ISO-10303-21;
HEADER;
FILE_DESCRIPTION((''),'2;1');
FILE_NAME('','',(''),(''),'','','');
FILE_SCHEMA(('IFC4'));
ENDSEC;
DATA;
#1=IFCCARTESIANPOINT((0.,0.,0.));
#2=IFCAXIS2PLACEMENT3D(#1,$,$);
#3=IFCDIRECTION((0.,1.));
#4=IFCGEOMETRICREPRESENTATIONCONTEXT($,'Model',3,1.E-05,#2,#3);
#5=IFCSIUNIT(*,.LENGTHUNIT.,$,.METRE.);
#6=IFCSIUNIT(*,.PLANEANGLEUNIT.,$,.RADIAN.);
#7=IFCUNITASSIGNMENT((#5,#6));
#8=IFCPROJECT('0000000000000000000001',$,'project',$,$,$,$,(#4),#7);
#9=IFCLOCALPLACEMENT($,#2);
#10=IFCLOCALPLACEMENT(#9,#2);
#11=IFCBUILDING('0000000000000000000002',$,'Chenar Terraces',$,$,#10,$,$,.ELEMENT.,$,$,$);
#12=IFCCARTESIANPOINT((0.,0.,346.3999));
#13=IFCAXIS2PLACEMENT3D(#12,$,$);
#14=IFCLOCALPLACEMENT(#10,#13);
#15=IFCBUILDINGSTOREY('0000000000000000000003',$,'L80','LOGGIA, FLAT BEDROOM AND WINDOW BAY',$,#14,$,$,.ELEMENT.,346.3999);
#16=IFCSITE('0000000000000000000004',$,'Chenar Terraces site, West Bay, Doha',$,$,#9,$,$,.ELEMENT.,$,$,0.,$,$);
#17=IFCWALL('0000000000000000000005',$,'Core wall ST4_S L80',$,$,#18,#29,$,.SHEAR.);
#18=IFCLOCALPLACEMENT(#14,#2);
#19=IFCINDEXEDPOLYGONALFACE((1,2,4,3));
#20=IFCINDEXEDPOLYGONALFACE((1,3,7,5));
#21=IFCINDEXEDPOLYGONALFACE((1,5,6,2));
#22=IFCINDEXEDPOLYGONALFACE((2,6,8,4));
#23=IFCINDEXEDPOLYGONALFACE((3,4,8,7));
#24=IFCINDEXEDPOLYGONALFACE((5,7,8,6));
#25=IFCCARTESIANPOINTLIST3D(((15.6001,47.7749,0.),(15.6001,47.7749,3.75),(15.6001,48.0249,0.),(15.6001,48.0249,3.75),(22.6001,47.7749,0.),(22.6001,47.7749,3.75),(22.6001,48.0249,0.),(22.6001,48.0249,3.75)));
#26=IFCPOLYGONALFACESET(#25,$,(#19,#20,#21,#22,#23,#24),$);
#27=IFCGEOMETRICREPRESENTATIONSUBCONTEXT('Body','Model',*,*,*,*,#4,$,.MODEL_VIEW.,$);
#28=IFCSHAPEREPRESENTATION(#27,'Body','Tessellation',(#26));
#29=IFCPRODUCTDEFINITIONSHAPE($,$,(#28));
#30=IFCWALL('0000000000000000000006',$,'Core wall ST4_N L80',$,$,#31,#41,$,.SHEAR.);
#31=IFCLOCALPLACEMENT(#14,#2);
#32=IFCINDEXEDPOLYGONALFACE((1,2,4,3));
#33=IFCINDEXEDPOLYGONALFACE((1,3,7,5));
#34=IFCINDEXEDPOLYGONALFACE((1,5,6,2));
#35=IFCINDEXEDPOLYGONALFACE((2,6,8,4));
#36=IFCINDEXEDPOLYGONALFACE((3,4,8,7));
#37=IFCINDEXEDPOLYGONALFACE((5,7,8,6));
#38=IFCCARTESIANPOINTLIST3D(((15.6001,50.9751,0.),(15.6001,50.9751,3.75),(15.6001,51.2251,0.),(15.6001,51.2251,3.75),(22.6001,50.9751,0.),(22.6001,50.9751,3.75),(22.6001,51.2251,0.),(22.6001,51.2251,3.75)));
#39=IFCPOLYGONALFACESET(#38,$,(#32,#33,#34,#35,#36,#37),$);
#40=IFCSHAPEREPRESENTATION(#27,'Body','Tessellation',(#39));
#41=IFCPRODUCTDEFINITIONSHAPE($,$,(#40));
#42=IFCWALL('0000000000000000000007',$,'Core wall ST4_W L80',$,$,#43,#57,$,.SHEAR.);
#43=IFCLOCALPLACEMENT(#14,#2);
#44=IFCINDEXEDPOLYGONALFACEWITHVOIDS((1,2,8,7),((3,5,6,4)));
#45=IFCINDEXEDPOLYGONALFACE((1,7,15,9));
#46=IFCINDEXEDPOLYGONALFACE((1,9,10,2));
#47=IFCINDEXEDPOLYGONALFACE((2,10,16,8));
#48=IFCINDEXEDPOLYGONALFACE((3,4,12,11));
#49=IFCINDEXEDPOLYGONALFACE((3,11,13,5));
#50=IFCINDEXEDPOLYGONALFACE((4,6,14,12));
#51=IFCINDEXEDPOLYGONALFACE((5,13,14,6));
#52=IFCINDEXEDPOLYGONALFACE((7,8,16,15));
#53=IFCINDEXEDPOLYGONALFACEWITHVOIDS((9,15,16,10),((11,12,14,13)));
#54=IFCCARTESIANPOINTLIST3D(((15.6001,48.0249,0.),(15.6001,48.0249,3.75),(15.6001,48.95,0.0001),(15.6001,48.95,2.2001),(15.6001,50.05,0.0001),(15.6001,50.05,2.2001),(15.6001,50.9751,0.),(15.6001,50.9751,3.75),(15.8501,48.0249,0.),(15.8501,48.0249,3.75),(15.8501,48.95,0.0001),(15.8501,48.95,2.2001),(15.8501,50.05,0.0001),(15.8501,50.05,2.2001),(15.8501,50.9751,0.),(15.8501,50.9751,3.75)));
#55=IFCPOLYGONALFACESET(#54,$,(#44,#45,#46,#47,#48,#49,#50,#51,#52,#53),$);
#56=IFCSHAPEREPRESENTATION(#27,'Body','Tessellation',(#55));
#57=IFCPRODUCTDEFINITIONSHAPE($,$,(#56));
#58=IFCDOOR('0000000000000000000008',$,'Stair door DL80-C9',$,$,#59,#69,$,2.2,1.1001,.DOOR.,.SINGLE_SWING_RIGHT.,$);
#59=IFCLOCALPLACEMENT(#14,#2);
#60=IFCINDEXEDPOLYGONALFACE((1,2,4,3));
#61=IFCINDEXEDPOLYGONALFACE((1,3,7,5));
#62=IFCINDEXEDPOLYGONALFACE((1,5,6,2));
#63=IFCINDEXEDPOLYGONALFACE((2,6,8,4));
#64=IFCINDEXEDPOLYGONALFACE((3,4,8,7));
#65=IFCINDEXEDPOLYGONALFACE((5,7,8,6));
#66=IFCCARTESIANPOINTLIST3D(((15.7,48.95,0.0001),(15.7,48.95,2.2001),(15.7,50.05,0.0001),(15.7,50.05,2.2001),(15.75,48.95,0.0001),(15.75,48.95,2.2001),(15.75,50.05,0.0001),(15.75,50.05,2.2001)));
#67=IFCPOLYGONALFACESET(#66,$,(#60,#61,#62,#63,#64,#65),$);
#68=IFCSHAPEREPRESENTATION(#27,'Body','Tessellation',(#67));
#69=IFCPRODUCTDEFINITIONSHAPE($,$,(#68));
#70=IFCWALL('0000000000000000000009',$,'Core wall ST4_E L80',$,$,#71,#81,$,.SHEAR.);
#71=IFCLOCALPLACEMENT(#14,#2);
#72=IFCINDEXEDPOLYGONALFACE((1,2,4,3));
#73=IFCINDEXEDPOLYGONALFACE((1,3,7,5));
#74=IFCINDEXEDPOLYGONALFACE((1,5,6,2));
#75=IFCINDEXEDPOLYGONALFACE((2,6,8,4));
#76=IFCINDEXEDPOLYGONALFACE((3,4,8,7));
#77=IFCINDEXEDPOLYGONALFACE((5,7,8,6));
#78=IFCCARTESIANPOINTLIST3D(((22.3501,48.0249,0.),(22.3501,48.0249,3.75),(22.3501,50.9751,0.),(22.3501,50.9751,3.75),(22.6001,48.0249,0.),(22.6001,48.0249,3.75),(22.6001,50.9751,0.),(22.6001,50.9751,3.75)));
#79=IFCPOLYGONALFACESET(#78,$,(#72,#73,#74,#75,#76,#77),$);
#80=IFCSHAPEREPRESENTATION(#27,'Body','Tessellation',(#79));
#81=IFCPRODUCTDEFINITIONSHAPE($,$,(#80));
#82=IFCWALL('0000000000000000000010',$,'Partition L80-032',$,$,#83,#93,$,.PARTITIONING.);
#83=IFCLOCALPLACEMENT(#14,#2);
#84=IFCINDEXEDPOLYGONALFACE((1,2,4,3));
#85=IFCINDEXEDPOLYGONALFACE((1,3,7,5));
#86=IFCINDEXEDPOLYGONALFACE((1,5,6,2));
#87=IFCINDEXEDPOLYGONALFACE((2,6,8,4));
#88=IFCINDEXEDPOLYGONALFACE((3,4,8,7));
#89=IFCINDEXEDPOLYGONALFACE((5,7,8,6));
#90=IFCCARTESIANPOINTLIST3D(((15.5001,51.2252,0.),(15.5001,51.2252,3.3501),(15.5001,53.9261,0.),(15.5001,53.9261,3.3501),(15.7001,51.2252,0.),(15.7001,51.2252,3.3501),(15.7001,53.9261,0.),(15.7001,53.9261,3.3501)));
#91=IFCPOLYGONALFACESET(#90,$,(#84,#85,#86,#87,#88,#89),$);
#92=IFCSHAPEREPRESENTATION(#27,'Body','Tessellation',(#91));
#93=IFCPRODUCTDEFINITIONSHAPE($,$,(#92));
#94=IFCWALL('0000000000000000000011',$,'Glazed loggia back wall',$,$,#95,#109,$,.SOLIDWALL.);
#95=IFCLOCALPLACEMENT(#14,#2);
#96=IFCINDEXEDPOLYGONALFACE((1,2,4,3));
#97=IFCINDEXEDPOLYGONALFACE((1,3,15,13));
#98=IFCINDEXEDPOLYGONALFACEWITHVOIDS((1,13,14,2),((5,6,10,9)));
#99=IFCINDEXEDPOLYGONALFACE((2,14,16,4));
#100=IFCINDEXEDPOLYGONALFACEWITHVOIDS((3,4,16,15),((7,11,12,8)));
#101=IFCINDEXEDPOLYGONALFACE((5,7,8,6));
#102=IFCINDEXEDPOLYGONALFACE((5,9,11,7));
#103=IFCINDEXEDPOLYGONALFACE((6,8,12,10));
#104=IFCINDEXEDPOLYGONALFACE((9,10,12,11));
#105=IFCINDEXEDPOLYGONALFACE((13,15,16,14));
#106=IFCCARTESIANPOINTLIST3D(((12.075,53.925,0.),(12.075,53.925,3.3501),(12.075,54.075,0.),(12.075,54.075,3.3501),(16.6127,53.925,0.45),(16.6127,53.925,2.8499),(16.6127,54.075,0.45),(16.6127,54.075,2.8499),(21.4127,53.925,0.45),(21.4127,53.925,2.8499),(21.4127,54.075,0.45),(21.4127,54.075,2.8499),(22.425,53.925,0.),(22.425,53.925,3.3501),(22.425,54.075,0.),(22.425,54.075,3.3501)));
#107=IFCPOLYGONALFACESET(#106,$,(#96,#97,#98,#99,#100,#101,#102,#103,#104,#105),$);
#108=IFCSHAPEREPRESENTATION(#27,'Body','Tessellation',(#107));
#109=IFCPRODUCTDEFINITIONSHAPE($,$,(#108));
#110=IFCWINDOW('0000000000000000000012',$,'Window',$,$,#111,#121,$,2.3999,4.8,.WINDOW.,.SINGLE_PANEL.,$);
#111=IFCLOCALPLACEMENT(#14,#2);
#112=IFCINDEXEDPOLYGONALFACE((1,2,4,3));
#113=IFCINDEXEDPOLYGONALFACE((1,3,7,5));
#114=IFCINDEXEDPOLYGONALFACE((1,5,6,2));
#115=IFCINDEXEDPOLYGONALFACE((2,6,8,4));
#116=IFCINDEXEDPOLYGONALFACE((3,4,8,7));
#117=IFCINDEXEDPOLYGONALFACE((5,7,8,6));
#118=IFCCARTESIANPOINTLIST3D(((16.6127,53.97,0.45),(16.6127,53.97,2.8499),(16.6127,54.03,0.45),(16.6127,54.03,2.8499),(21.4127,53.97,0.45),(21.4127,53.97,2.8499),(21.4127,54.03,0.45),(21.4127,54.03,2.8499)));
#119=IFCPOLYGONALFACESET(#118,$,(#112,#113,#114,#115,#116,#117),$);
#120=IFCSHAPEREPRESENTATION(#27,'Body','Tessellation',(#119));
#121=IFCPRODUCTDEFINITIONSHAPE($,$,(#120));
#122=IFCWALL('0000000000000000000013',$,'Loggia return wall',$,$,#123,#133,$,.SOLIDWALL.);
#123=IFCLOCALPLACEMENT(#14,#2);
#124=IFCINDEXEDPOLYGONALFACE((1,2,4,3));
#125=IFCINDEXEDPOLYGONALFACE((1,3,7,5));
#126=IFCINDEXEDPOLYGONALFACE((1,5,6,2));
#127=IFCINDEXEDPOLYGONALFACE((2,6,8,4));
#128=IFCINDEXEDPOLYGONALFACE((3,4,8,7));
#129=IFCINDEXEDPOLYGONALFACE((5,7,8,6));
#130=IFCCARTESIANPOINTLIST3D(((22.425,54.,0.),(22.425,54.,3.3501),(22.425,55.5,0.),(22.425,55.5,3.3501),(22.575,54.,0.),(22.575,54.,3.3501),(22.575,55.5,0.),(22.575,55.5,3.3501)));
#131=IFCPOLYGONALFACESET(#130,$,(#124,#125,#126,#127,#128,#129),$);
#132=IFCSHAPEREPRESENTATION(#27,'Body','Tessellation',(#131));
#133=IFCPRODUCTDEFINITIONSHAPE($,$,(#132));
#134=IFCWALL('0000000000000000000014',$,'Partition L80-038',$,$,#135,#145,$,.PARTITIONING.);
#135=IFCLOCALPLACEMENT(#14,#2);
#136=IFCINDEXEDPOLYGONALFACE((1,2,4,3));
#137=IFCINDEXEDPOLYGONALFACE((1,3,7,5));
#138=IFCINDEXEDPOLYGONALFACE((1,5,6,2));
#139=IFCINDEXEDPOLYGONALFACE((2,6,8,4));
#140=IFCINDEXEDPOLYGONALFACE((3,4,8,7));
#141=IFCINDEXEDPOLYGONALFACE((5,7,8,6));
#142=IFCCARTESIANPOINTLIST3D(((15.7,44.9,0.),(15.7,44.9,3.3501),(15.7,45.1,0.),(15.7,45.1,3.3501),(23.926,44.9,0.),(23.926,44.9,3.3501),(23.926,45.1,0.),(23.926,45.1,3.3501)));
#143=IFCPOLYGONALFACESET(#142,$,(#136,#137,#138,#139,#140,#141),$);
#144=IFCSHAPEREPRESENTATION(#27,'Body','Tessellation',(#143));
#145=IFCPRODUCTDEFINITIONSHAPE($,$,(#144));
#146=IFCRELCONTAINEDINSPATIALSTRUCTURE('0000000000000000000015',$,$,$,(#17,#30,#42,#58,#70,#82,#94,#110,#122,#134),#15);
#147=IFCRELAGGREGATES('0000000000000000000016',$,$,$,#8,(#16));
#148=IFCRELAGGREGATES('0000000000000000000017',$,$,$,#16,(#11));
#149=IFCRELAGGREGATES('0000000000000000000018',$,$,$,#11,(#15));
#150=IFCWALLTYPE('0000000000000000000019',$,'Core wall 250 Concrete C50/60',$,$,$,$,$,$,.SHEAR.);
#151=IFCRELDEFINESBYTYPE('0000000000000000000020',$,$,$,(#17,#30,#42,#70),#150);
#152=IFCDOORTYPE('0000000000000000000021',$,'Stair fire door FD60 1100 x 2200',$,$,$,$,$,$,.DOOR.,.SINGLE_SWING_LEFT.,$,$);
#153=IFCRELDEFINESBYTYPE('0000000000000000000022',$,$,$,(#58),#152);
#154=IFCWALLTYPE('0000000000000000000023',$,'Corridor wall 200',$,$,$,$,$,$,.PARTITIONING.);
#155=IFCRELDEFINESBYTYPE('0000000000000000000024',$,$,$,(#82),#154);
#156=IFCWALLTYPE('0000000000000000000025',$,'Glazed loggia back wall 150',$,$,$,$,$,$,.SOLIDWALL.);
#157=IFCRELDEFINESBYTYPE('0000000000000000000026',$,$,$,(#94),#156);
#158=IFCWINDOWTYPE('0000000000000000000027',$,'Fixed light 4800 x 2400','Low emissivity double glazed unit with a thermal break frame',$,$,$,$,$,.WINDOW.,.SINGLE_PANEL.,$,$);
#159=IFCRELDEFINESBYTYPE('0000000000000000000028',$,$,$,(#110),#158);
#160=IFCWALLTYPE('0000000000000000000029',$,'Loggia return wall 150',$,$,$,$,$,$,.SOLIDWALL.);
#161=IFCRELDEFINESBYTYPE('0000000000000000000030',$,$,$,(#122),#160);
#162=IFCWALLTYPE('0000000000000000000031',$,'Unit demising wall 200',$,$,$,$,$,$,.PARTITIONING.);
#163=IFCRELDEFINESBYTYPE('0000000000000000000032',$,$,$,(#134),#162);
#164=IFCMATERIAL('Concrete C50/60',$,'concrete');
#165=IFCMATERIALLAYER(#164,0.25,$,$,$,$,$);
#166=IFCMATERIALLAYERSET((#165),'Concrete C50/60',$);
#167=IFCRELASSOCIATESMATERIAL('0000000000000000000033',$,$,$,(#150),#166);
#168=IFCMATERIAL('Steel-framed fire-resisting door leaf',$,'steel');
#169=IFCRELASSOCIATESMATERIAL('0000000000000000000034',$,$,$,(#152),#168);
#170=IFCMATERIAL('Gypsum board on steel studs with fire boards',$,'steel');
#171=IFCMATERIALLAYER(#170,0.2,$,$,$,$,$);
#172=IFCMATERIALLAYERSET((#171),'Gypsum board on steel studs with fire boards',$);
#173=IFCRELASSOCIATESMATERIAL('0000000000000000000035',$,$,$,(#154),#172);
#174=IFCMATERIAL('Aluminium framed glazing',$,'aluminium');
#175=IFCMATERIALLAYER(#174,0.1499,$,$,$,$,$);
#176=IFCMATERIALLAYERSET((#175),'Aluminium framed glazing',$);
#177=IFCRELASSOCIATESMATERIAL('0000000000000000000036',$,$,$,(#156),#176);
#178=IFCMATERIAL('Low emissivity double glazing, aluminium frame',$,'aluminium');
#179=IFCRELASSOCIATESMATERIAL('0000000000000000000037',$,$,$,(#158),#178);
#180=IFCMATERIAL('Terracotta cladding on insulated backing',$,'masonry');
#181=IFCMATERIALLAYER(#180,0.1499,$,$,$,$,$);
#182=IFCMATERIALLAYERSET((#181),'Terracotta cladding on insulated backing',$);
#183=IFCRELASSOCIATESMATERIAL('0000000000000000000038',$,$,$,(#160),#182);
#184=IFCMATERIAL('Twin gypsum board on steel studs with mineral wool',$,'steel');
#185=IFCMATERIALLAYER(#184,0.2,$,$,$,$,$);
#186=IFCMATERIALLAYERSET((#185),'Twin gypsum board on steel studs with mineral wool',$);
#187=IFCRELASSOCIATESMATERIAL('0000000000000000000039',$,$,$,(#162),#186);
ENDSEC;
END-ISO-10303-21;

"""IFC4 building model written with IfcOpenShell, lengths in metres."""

from ifc_helpers import new_model, si_unit, direction, frame, frame_2d, origin, place, context, subcontext, project, spatial, rectangle, extrude, material, layer, layer_set, type_object, element, fill, save


model = new_model("IFC4")

# Units and contexts
model_context = context("Model", 3, precision=1e-05, world=origin(), true_north=direction((0.0, 1.0)))
body_context = subcontext(model_context, "Body", "Model", "MODEL_VIEW")
ifc_project = project(units=[si_unit("LENGTHUNIT", "METRE"), si_unit("PLANEANGLEUNIT", "RADIAN")], contexts=[model_context])

# Site, building, storey
site_placement = place(None, origin())
site = spatial("IfcSite", under=ifc_project, at=site_placement, Name="Chenar Terraces site, West Bay, Doha", CompositionType="ELEMENT", RefElevation=0.0)
building_placement = place(site_placement, origin())
building = spatial("IfcBuilding", under=site, at=building_placement, Name="Chenar Terraces", CompositionType="ELEMENT")
storey_placement = place(building_placement, frame((0.0, 0.0, 346.3999)))
storey = spatial("IfcBuildingStorey", under=building, at=storey_placement, Name="L80", Description="LOGGIA, FLAT BEDROOM AND WINDOW BAY", CompositionType="ELEMENT", Elevation=346.3999)

# Walls
ifc_material_1 = material(Name="Concrete C50/60", Category="concrete")
ifc_layer_1 = layer(ifc_material_1, 0.25)
ifc_layer_set_1 = layer_set([ifc_layer_1], Name="Concrete C50/60")
wall_type_1 = type_object("IfcWallType", Name="Core wall 250 Concrete C50/60", PredefinedType="SHEAR", material=ifc_layer_set_1)
for number, where, z_axis, x_axis, name in (
    (1, (15.6001, 47.8999, 0.0), (0.0, 0.0, 1.0), (1.0, 0.0, 0.0), "Core wall ST4_S L80"),
    (2, (15.6001, 51.1001, 0.0), (0.0, 0.0, 1.0), (1.0, 0.0, 0.0), "Core wall ST4_N L80"),
):
    element("IfcWall", number, at=place(storey_placement, frame(where, z_axis=z_axis, x_axis=x_axis)), inside=storey, type_object=wall_type_1, Name=name, PredefinedType="SHEAR", context=body_context, shape_type="SweptSolid", body=[
        extrude(rectangle(XDim=7.0, YDim=0.25, at=frame_2d((3.5, 0.0))), origin(), (0.0, 0.0, 1.0), 3.75),
    ])

# Wall, opening, door
wall_1_placement = place(storey_placement, frame((15.7251, 48.0249, 0.0), z_axis=(0.0, 0.0, 1.0), x_axis=(0.0, 1.0, 0.0)))
wall_1 = element("IfcWall", 3, at=wall_1_placement, inside=storey, type_object=wall_type_1, Name="Core wall ST4_W L80", PredefinedType="SHEAR", context=body_context, shape_type="SweptSolid", body=[
    extrude(rectangle(XDim=2.9502, YDim=0.25, at=frame_2d((1.4751, 0.0))), origin(), (0.0, 0.0, 1.0), 3.75),
])
opening_1_placement = place(wall_1_placement, frame((0.925, 0.0, 0.0)))
opening_1 = element("IfcOpeningElement", 4, at=opening_1_placement, cuts=wall_1, PredefinedType="OPENING", context=body_context, shape_type="SweptSolid", body=[
    extrude(rectangle(XDim=1.1001, YDim=2.2, at=frame_2d((0.55, 1.1001))), frame((0.0, 0.135, 0.0), z_axis=(0.0, -1.0, 0.0), x_axis=(1.0, 0.0, 0.0)), (0.0, 0.0, 1.0), 0.27),
])
ifc_material_2 = material(Name="Steel-framed fire-resisting door leaf", Category="steel")
door_type = type_object("IfcDoorType", Name="Stair fire door FD60 1100 x 2200", OperationType="SINGLE_SWING_LEFT", PredefinedType="DOOR", material=ifc_material_2)
door_placement = place(opening_1_placement, frame((1.1001, 0.0, 0.0), z_axis=(0.0, 0.0, 1.0), x_axis=(-1.0, 0.0, 0.0)))
door = element("IfcDoor", 5, at=door_placement, inside=storey, type_object=door_type, Name="Stair door DL80-C9", OperationType="SINGLE_SWING_RIGHT", OverallHeight=2.2, OverallWidth=1.1001, PredefinedType="DOOR", context=body_context, shape_type="SweptSolid", body=[
    extrude(rectangle(XDim=1.1001, YDim=2.2, at=frame_2d((0.55, 1.1001))), frame((0.0, 0.0249, 0.0), z_axis=(0.0, -1.0, 0.0), x_axis=(1.0, 0.0, 0.0)), (0.0, 0.0, 1.0), 0.05),
])
fill(opening_1, door)

# Walls
wall_2_placement = place(storey_placement, frame((22.4751, 48.0249, 0.0), z_axis=(0.0, 0.0, 1.0), x_axis=(0.0, 1.0, 0.0)))
element("IfcWall", 6, at=wall_2_placement, inside=storey, type_object=wall_type_1, Name="Core wall ST4_E L80", PredefinedType="SHEAR", context=body_context, shape_type="SweptSolid", body=[
    extrude(rectangle(XDim=2.9502, YDim=0.25, at=frame_2d((1.4751, 0.0))), origin(), (0.0, 0.0, 1.0), 3.75),
])
ifc_material_3 = material(Name="Gypsum board on steel studs with fire boards", Category="steel")
ifc_layer_2 = layer(ifc_material_3, 0.2)
ifc_layer_set_2 = layer_set([ifc_layer_2], Name="Gypsum board on steel studs with fire boards")
wall_type_2 = type_object("IfcWallType", Name="Corridor wall 200", PredefinedType="PARTITIONING", material=ifc_layer_set_2)
wall_3_placement = place(storey_placement, frame((15.6001, 51.2251, 0.0), z_axis=(0.0, 0.0, 1.0), x_axis=(0.0, 1.0, 0.0)))
element("IfcWall", 7, at=wall_3_placement, inside=storey, type_object=wall_type_2, Name="Partition L80-032", PredefinedType="PARTITIONING", context=body_context, shape_type="SweptSolid", body=[
    extrude(rectangle(XDim=2.7009, YDim=0.2, at=frame_2d((1.3506, 0.0))), origin(), (0.0, 0.0, 1.0), 3.3501),
])

# Wall, opening, window
ifc_material_4 = material(Name="Aluminium framed glazing", Category="aluminium")
ifc_layer_3 = layer(ifc_material_4, 0.1499)
ifc_layer_set_3 = layer_set([ifc_layer_3], Name="Aluminium framed glazing")
wall_type_3 = type_object("IfcWallType", Name="Glazed loggia back wall 150", PredefinedType="SOLIDWALL", material=ifc_layer_set_3)
wall_4_placement = place(storey_placement, frame((22.425, 54.0, 0.0), z_axis=(0.0, 0.0, 1.0), x_axis=(-1.0, 0.0, 0.0)))
wall_4 = element("IfcWall", 8, at=wall_4_placement, inside=storey, type_object=wall_type_3, Name="Glazed loggia back wall", PredefinedType="SOLIDWALL", context=body_context, shape_type="SweptSolid", body=[
    extrude(rectangle(XDim=10.3501, YDim=0.1499, at=frame_2d((5.175, 0.0))), origin(), (0.0, 0.0, 1.0), 3.3501),
])
opening_2_placement = place(wall_4_placement, frame((1.0125, 0.0, 0.45)))
opening_2 = element("IfcOpeningElement", 9, at=opening_2_placement, cuts=wall_4, PredefinedType="OPENING", context=body_context, shape_type="SweptSolid", body=[
    extrude(rectangle(XDim=4.8, YDim=2.3999, at=frame_2d((2.3999, 1.2))), frame((0.0, 0.085, 0.0), z_axis=(0.0, -1.0, 0.0), x_axis=(1.0, 0.0, 0.0)), (0.0, 0.0, 1.0), 0.1699),
])
ifc_material_5 = material(Name="Low emissivity double glazing, aluminium frame", Category="aluminium")
window_type = type_object("IfcWindowType", Name="Fixed light 4800 x 2400", Description="Low emissivity double glazed unit with a thermal break frame", PartitioningType="SINGLE_PANEL", PredefinedType="WINDOW", material=ifc_material_5)
window_placement = place(opening_2_placement, origin())
window = element("IfcWindow", 10, at=window_placement, inside=storey, type_object=window_type, Name="Window", OverallHeight=2.3999, OverallWidth=4.8, PartitioningType="SINGLE_PANEL", PredefinedType="WINDOW", context=body_context, shape_type="SweptSolid", body=[
    extrude(rectangle(XDim=4.8, YDim=2.3999, at=frame_2d((2.3999, 1.2))), frame((0.0, 0.03, 0.0), z_axis=(0.0, -1.0, 0.0), x_axis=(1.0, 0.0, 0.0)), (0.0, 0.0, 1.0), 0.0601),
])
fill(opening_2, window)

# Walls
ifc_material_6 = material(Name="Terracotta cladding on insulated backing", Category="masonry")
ifc_layer_4 = layer(ifc_material_6, 0.1499)
ifc_layer_set_4 = layer_set([ifc_layer_4], Name="Terracotta cladding on insulated backing")
wall_type_4 = type_object("IfcWallType", Name="Loggia return wall 150", PredefinedType="SOLIDWALL", material=ifc_layer_set_4)
wall_5_placement = place(storey_placement, frame((22.5, 55.5, 0.0), z_axis=(0.0, 0.0, 1.0), x_axis=(0.0, -1.0, 0.0)))
element("IfcWall", 11, at=wall_5_placement, inside=storey, type_object=wall_type_4, Name="Loggia return wall", PredefinedType="SOLIDWALL", context=body_context, shape_type="SweptSolid", body=[
    extrude(rectangle(XDim=1.5, YDim=0.1499, at=frame_2d((0.75, 0.0))), origin(), (0.0, 0.0, 1.0), 3.3501),
])
ifc_material_7 = material(Name="Twin gypsum board on steel studs with mineral wool", Category="steel")
ifc_layer_5 = layer(ifc_material_7, 0.2)
ifc_layer_set_5 = layer_set([ifc_layer_5], Name="Twin gypsum board on steel studs with mineral wool")
wall_type_5 = type_object("IfcWallType", Name="Unit demising wall 200", PredefinedType="PARTITIONING", material=ifc_layer_set_5)
wall_6_placement = place(storey_placement, frame((15.7, 45.0, 0.0), z_axis=(0.0, 0.0, 1.0), x_axis=(1.0, 0.0, 0.0)))
element("IfcWall", 12, at=wall_6_placement, inside=storey, type_object=wall_type_5, Name="Partition L80-038", PredefinedType="PARTITIONING", context=body_context, shape_type="SweptSolid", body=[
    extrude(rectangle(XDim=8.2261, YDim=0.2, at=frame_2d((4.113, 0.0))), origin(), (0.0, 0.0, 1.0), 3.3501),
])

save(model, "model.ifc")
